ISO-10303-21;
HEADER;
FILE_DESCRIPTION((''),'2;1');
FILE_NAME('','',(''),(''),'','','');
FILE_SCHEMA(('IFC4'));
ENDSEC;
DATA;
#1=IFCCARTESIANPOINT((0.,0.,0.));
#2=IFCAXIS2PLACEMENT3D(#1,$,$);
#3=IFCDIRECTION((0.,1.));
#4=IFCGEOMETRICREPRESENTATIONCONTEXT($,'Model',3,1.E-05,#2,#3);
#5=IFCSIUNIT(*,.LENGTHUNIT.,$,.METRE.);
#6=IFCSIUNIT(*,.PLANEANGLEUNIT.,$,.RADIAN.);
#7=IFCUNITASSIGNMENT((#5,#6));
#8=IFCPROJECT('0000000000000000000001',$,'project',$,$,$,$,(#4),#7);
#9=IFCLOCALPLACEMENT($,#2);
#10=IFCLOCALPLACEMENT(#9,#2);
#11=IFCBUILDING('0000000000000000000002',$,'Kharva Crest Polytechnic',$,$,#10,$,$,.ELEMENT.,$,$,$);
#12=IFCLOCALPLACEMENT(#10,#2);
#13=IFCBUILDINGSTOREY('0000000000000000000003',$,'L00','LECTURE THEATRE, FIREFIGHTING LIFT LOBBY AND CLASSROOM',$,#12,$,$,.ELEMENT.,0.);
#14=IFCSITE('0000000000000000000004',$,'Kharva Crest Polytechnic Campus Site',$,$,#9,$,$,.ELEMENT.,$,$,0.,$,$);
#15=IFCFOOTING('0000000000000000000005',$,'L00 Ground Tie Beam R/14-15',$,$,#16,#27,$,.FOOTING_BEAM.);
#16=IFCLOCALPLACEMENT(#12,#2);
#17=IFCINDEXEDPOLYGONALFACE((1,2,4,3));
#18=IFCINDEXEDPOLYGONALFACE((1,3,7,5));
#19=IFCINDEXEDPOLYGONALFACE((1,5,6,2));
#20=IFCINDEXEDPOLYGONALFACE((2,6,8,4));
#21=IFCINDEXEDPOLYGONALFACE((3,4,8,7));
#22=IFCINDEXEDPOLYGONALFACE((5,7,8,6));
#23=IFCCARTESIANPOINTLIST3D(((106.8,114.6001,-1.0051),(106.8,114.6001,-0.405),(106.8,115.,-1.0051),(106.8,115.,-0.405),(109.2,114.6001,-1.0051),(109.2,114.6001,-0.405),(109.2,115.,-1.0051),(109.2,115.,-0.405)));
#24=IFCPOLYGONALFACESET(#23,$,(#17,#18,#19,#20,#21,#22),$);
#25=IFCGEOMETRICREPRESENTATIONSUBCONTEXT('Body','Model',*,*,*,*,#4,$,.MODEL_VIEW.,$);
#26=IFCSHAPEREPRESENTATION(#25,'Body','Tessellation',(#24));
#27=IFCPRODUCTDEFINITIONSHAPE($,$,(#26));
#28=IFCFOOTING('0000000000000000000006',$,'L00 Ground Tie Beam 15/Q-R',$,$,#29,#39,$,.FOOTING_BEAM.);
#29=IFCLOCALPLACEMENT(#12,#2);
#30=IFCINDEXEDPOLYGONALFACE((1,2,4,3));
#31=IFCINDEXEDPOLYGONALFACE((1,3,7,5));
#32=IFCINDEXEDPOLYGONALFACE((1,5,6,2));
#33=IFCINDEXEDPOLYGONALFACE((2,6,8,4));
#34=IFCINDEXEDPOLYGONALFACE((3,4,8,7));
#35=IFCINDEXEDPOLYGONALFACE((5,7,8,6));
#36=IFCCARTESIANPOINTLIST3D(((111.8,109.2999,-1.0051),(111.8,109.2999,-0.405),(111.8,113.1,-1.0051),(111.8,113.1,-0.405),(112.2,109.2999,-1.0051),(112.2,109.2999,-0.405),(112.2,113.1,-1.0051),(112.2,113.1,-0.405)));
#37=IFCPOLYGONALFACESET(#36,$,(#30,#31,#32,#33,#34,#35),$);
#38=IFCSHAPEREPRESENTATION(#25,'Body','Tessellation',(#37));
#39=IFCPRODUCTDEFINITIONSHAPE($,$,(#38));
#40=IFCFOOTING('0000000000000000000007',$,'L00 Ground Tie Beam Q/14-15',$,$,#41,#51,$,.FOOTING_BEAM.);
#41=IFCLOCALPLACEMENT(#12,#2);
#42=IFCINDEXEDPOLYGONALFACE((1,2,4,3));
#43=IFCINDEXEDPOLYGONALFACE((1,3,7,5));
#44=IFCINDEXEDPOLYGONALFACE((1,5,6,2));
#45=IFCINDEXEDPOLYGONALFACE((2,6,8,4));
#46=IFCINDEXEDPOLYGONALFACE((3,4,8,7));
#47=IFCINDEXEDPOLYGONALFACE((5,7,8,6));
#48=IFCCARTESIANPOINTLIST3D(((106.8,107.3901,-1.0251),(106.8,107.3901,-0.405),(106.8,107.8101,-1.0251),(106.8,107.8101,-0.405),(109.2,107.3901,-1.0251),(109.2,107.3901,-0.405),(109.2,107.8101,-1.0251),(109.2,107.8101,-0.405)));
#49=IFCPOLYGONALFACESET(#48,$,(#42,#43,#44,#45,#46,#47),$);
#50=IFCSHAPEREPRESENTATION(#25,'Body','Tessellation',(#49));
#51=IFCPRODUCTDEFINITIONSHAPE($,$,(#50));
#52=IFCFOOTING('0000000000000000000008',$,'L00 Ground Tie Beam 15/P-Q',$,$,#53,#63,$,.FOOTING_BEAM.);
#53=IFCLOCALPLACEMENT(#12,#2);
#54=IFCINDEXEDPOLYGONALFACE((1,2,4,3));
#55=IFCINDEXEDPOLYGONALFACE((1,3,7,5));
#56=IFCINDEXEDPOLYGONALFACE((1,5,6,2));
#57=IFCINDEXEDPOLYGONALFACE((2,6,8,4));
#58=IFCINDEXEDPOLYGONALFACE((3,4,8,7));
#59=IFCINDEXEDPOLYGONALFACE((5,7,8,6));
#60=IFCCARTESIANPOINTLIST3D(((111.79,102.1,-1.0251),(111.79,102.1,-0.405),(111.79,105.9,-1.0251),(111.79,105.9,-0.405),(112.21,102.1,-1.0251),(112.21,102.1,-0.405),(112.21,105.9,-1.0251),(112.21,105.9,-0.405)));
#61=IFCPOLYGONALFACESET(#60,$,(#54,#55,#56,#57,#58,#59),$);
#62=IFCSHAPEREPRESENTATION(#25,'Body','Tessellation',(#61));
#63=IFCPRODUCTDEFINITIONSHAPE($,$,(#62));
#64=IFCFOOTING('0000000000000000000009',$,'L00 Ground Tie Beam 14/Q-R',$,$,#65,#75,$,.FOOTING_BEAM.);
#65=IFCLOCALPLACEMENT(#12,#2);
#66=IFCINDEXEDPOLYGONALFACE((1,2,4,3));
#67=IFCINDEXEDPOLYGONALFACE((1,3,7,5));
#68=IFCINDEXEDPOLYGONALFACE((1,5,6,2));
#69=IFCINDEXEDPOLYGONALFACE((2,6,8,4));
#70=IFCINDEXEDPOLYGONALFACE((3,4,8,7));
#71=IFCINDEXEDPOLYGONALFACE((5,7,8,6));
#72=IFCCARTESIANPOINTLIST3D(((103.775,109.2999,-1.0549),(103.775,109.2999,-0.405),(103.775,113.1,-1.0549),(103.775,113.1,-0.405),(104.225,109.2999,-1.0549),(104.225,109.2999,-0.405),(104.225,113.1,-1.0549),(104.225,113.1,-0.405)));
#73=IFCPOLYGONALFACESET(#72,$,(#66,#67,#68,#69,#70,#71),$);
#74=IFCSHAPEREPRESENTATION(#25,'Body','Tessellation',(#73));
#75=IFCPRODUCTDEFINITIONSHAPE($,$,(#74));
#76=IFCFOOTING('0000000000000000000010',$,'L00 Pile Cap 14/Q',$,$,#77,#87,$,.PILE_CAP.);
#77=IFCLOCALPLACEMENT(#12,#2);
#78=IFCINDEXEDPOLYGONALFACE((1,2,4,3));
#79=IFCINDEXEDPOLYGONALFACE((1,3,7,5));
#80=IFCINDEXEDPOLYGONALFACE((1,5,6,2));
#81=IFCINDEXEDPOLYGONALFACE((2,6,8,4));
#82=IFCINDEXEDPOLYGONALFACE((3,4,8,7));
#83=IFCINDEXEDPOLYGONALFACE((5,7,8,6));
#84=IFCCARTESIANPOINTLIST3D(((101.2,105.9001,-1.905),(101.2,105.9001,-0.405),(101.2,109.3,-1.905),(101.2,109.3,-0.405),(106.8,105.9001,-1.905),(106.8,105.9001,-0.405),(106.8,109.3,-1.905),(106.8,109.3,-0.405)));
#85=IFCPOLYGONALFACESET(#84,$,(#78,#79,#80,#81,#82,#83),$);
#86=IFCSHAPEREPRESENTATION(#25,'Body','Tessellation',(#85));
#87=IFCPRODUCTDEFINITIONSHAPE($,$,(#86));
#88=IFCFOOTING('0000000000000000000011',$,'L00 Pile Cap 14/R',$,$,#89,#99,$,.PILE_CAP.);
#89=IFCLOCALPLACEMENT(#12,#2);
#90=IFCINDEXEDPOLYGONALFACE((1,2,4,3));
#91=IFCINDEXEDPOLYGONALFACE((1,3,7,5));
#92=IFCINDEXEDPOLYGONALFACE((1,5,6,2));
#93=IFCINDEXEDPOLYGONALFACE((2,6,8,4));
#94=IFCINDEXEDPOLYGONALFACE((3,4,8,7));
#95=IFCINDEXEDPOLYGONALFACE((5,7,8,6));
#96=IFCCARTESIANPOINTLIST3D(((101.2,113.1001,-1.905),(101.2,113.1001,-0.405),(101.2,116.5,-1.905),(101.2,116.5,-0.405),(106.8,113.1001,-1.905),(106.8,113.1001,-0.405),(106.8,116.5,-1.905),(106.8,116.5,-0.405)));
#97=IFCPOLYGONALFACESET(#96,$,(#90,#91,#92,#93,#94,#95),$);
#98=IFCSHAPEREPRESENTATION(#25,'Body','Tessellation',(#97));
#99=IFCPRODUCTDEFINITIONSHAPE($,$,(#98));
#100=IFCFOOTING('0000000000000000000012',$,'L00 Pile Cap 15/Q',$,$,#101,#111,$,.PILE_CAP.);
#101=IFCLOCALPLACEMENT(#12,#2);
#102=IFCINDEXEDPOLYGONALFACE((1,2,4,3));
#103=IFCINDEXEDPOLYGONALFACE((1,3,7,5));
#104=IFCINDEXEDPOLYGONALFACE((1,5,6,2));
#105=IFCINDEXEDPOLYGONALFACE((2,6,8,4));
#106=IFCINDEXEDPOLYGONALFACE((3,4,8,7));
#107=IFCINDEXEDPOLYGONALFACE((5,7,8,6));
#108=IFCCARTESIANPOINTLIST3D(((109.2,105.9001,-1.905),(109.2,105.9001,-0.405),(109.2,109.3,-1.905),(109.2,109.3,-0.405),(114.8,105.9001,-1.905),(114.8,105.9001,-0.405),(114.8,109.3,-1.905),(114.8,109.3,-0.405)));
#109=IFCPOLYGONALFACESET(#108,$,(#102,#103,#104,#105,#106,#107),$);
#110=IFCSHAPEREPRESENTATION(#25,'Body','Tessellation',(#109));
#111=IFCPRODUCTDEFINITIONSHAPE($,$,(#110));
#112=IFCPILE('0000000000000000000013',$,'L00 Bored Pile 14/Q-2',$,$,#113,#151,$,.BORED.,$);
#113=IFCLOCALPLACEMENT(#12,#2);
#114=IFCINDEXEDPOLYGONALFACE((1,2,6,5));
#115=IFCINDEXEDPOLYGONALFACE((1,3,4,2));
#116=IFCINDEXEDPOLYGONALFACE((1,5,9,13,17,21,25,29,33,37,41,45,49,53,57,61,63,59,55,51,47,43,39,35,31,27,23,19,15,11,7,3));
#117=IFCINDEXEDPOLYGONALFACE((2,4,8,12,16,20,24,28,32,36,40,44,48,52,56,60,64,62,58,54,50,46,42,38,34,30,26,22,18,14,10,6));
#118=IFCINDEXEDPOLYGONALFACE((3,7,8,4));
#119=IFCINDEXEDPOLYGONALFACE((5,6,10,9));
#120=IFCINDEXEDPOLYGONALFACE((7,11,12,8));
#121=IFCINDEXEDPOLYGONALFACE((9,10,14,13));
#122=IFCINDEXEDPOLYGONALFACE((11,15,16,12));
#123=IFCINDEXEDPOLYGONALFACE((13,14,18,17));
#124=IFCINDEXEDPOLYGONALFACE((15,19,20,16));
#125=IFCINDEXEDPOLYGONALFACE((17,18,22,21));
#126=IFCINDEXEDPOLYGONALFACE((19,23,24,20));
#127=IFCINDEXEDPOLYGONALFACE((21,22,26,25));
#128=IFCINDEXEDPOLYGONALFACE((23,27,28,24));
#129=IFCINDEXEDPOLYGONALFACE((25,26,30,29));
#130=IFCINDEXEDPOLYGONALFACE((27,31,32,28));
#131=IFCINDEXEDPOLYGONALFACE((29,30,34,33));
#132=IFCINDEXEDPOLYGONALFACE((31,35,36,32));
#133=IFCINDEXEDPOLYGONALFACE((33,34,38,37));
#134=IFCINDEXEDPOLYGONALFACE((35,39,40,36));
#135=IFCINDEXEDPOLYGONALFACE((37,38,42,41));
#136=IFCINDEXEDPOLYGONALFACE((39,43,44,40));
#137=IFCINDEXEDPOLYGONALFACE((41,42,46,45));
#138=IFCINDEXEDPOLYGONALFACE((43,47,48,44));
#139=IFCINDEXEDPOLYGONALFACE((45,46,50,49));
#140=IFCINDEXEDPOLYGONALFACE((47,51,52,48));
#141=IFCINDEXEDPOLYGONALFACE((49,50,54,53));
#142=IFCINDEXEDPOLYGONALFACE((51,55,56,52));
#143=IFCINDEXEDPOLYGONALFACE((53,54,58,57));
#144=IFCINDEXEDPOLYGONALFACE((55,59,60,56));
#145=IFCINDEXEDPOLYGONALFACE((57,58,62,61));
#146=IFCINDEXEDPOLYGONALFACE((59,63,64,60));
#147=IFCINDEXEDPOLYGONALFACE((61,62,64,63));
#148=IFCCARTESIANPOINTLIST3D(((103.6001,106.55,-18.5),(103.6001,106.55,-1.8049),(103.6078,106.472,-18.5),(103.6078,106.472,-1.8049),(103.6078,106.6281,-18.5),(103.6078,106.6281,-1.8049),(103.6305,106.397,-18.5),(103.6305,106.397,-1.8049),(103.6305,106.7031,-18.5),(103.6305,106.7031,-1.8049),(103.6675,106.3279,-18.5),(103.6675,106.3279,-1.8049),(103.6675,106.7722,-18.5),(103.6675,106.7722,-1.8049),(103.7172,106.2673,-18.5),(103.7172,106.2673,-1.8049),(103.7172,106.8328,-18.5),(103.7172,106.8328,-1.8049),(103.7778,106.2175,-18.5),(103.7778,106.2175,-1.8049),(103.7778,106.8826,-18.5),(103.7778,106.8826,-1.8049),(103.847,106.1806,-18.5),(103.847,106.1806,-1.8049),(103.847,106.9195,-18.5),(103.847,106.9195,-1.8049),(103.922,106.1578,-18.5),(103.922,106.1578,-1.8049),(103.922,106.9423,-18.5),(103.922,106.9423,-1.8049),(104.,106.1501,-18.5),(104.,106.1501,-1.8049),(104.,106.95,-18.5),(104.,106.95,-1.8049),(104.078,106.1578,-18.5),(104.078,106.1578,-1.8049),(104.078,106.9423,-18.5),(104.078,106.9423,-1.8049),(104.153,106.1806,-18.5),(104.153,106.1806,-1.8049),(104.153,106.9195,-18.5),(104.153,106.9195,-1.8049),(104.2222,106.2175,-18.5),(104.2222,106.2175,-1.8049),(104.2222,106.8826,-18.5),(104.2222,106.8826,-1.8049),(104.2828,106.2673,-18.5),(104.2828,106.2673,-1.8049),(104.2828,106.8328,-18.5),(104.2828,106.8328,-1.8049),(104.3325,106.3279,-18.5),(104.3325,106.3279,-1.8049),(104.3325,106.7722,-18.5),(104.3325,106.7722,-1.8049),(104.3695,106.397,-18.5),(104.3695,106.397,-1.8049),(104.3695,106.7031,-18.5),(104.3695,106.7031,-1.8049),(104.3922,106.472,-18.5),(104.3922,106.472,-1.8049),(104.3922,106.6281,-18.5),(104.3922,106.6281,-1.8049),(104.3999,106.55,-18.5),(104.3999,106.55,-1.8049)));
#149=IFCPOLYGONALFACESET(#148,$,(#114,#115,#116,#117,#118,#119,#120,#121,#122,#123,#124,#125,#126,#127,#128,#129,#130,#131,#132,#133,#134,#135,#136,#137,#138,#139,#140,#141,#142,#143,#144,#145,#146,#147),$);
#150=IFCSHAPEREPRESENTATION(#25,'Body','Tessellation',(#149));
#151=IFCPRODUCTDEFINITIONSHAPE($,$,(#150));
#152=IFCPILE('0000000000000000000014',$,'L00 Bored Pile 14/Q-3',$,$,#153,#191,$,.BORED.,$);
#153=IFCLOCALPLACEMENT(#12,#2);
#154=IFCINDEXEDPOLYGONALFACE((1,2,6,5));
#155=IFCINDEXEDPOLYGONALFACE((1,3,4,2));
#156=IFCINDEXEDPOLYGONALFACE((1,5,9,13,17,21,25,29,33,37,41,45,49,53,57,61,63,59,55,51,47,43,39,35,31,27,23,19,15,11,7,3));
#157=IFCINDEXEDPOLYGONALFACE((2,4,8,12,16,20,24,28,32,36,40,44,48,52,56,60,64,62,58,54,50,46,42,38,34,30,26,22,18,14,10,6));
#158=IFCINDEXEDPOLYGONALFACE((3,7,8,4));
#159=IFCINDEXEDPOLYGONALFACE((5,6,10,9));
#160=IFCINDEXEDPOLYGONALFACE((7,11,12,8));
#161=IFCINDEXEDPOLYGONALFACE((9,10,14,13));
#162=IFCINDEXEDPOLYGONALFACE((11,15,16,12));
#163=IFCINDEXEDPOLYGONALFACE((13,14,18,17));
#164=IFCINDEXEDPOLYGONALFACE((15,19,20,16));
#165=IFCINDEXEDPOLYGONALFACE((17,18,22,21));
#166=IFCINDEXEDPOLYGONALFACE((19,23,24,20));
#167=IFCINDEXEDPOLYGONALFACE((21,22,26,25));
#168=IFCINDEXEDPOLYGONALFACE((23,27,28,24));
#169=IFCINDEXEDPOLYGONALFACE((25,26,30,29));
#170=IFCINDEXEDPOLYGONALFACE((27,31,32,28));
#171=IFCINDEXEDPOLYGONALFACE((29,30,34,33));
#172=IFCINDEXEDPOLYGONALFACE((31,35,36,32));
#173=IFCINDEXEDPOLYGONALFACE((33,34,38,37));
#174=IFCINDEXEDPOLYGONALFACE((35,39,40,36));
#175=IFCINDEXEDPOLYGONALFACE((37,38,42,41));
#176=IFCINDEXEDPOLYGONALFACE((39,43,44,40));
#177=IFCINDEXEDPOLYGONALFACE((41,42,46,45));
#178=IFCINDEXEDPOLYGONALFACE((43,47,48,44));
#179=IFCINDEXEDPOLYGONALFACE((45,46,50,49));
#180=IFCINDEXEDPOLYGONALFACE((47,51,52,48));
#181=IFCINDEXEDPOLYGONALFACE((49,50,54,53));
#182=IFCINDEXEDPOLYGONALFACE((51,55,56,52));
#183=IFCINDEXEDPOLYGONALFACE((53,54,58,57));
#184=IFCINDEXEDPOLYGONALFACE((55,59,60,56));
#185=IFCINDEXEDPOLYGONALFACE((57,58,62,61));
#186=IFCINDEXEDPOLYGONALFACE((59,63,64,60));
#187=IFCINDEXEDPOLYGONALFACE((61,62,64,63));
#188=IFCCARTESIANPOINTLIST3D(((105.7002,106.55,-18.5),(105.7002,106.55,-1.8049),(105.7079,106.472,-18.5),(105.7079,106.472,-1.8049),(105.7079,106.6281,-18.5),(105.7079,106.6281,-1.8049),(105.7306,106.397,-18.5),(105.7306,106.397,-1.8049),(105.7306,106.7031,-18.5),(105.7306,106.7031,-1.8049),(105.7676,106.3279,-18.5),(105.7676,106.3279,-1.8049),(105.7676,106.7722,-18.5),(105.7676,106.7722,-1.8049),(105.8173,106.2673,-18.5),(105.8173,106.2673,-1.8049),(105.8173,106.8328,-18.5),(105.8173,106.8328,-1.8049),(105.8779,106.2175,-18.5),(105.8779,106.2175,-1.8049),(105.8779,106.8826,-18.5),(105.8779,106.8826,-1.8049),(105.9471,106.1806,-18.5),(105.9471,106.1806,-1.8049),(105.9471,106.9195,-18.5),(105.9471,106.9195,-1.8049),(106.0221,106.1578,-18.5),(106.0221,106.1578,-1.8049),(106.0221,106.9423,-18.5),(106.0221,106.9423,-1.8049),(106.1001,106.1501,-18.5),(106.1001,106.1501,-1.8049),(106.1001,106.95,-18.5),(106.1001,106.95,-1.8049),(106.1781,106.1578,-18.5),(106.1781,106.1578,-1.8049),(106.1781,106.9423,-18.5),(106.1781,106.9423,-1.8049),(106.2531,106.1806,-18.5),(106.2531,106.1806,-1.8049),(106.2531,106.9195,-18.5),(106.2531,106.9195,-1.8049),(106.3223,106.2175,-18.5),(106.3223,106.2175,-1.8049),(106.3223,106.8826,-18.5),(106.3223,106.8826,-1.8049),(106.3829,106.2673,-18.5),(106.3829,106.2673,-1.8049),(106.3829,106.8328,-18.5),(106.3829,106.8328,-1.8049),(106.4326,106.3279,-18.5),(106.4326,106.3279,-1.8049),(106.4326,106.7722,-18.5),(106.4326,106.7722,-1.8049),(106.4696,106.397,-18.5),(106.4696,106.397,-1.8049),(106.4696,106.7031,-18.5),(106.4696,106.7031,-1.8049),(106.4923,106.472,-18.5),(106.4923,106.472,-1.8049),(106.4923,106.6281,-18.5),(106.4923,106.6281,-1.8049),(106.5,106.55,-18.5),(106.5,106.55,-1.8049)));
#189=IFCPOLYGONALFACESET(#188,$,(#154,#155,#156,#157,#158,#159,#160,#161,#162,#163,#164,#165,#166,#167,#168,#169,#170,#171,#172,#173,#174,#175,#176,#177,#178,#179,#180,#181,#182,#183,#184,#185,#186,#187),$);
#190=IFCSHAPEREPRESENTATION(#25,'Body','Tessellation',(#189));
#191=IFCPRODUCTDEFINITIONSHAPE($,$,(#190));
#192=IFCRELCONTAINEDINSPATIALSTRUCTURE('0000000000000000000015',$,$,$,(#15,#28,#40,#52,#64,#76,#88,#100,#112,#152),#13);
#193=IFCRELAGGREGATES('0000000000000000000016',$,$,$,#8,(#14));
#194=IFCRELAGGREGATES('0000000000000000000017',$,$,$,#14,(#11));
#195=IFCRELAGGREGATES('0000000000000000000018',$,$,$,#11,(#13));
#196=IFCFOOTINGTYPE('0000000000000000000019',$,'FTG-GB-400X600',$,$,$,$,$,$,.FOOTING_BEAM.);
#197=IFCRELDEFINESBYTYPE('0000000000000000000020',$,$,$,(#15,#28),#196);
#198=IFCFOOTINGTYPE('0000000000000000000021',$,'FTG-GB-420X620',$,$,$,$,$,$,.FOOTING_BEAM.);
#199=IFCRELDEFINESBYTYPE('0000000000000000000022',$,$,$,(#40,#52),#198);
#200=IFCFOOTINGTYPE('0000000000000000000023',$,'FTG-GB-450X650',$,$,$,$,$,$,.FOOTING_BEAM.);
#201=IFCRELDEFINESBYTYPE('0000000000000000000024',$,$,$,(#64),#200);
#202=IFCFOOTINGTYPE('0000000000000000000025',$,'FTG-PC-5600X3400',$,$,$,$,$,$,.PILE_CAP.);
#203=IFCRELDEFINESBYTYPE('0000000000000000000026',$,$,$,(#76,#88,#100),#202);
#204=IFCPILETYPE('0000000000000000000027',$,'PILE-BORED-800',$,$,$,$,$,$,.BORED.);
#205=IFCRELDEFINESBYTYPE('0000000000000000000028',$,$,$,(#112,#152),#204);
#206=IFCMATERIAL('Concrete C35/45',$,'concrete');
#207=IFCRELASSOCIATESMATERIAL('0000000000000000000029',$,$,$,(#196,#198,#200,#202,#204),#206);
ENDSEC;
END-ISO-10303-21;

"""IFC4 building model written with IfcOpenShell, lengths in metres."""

from ifc_helpers import new_model, si_unit, direction, frame, origin, origin_2d, place, context, subcontext, project, spatial, rectangle, circle, extrude, material, material_profile, profile_set, type_object, element, save


model = new_model("IFC4")

# Units and contexts
model_context = context("Model", 3, precision=1e-05, world=origin(), true_north=direction((0.0, 1.0)))
body_context = subcontext(model_context, "Body", "Model", "MODEL_VIEW")
ifc_project = project(units=[si_unit("LENGTHUNIT", "METRE"), si_unit("PLANEANGLEUNIT", "RADIAN")], contexts=[model_context])

# Site, building, storey
site_placement = place(None, origin())
site = spatial("IfcSite", under=ifc_project, at=site_placement, Name="Kharva Crest Polytechnic Campus Site", CompositionType="ELEMENT", RefElevation=0.0)
building_placement = place(site_placement, origin())
building = spatial("IfcBuilding", under=site, at=building_placement, Name="Kharva Crest Polytechnic", CompositionType="ELEMENT")
storey_placement = place(building_placement, origin())
storey = spatial("IfcBuildingStorey", under=building, at=storey_placement, Name="L00", Description="LECTURE THEATRE, FIREFIGHTING LIFT LOBBY AND CLASSROOM", CompositionType="ELEMENT", Elevation=0.0)

# Footings
ifc_material_1 = material(Name="Concrete C35/45", Category="concrete")
footing_type_1 = type_object("IfcFootingType", Name="FTG-GB-400X600", PredefinedType="FOOTING_BEAM", material=ifc_material_1)
footing_1_placement = place(storey_placement, frame((108.0, 114.8, -1.0051), z_axis=(0.0, 0.0, 1.0), x_axis=(1.0, 0.0, 0.0)))
element("IfcFooting", 1, at=footing_1_placement, inside=storey, type_object=footing_type_1, Name="L00 Ground Tie Beam R/14-15", PredefinedType="FOOTING_BEAM", context=body_context, shape_type="SweptSolid", body=[
    extrude(rectangle(XDim=2.3999, YDim=0.3999, at=origin_2d()), origin(), (0.0, 0.0, 1.0), 0.6001),
])
footing_2_placement = place(storey_placement, frame((112.0, 111.2, -1.0051), z_axis=(0.0, 0.0, 1.0), x_axis=(0.0, 1.0, 0.0)))
element("IfcFooting", 2, at=footing_2_placement, inside=storey, type_object=footing_type_1, Name="L00 Ground Tie Beam 15/Q-R", PredefinedType="FOOTING_BEAM", context=body_context, shape_type="SweptSolid", body=[
    extrude(rectangle(XDim=3.8, YDim=0.3999, at=origin_2d()), origin(), (0.0, 0.0, 1.0), 0.6001),
])
footing_type_2 = type_object("IfcFootingType", Name="FTG-GB-420X620", PredefinedType="FOOTING_BEAM", material=ifc_material_1)
footing_3_placement = place(storey_placement, frame((108.0, 107.6001, -1.0251), z_axis=(0.0, 0.0, 1.0), x_axis=(1.0, 0.0, 0.0)))
element("IfcFooting", 3, at=footing_3_placement, inside=storey, type_object=footing_type_2, Name="L00 Ground Tie Beam Q/14-15", PredefinedType="FOOTING_BEAM", context=body_context, shape_type="SweptSolid", body=[
    extrude(rectangle(XDim=2.3999, YDim=0.4199, at=origin_2d()), origin(), (0.0, 0.0, 1.0), 0.6201),
])
footing_4_placement = place(storey_placement, frame((112.0, 104.0, -1.0251), z_axis=(0.0, 0.0, 1.0), x_axis=(0.0, 1.0, 0.0)))
element("IfcFooting", 4, at=footing_4_placement, inside=storey, type_object=footing_type_2, Name="L00 Ground Tie Beam 15/P-Q", PredefinedType="FOOTING_BEAM", context=body_context, shape_type="SweptSolid", body=[
    extrude(rectangle(XDim=3.8, YDim=0.4199, at=origin_2d()), origin(), (0.0, 0.0, 1.0), 0.6201),
])
footing_type_3 = type_object("IfcFootingType", Name="FTG-GB-450X650", PredefinedType="FOOTING_BEAM", material=ifc_material_1)
footing_5_placement = place(storey_placement, frame((104.0, 111.2, -1.0549), z_axis=(0.0, 0.0, 1.0), x_axis=(0.0, 1.0, 0.0)))
element("IfcFooting", 5, at=footing_5_placement, inside=storey, type_object=footing_type_3, Name="L00 Ground Tie Beam 14/Q-R", PredefinedType="FOOTING_BEAM", context=body_context, shape_type="SweptSolid", body=[
    extrude(rectangle(XDim=3.8, YDim=0.45, at=origin_2d()), origin(), (0.0, 0.0, 1.0), 0.6499),
])
footing_type_4 = type_object("IfcFootingType", Name="FTG-PC-5600X3400", PredefinedType="PILE_CAP", material=ifc_material_1)
for number, where, z_axis, x_axis, name in (
    (6, (104.0, 107.6001, -1.905), (0.0, 0.0, 1.0), (1.0, 0.0, 0.0), "L00 Pile Cap 14/Q"),
    (7, (104.0, 114.8, -1.905), (0.0, 0.0, 1.0), (1.0, 0.0, 0.0), "L00 Pile Cap 14/R"),
    (8, (112.0, 107.6001, -1.905), (0.0, 0.0, 1.0), (1.0, 0.0, 0.0), "L00 Pile Cap 15/Q"),
):
    element("IfcFooting", number, at=place(storey_placement, frame(where, z_axis=z_axis, x_axis=x_axis)), inside=storey, type_object=footing_type_4, Name=name, PredefinedType="PILE_CAP", context=body_context, shape_type="SweptSolid", body=[
        extrude(rectangle(XDim=5.6001, YDim=3.3999, at=origin_2d()), origin(), (0.0, 0.0, 1.0), 1.5),
    ])

# Piles
ifc_material_profile_1 = material_profile(ifc_material_1, circle(Radius=0.3999, at=origin_2d()), Name="DIA 800")
ifc_profile_set_1 = profile_set([ifc_material_profile_1], Name="Concrete C35/45")
pile_type = type_object("IfcPileType", Name="PILE-BORED-800", PredefinedType="BORED", material=ifc_profile_set_1)
for number, where, z_axis, x_axis, name in (
    (9, (104.0, 106.55, -1.8049), (0.0, 0.0, -1.0), (1.0, 0.0, 0.0), "L00 Bored Pile 14/Q-2"),
    (10, (106.1001, 106.55, -1.8049), (0.0, 0.0, -1.0), (1.0, 0.0, 0.0), "L00 Bored Pile 14/Q-3"),
):
    element("IfcPile", number, at=place(storey_placement, frame(where, z_axis=z_axis, x_axis=x_axis)), inside=storey, type_object=pile_type, Name=name, PredefinedType="BORED", context=body_context, shape_type="SweptSolid", body=[
        extrude(circle(Radius=0.3999, at=origin_2d()), origin(), (0.0, 0.0, 1.0), 16.6951),
    ])

save(model, "model.ifc")
